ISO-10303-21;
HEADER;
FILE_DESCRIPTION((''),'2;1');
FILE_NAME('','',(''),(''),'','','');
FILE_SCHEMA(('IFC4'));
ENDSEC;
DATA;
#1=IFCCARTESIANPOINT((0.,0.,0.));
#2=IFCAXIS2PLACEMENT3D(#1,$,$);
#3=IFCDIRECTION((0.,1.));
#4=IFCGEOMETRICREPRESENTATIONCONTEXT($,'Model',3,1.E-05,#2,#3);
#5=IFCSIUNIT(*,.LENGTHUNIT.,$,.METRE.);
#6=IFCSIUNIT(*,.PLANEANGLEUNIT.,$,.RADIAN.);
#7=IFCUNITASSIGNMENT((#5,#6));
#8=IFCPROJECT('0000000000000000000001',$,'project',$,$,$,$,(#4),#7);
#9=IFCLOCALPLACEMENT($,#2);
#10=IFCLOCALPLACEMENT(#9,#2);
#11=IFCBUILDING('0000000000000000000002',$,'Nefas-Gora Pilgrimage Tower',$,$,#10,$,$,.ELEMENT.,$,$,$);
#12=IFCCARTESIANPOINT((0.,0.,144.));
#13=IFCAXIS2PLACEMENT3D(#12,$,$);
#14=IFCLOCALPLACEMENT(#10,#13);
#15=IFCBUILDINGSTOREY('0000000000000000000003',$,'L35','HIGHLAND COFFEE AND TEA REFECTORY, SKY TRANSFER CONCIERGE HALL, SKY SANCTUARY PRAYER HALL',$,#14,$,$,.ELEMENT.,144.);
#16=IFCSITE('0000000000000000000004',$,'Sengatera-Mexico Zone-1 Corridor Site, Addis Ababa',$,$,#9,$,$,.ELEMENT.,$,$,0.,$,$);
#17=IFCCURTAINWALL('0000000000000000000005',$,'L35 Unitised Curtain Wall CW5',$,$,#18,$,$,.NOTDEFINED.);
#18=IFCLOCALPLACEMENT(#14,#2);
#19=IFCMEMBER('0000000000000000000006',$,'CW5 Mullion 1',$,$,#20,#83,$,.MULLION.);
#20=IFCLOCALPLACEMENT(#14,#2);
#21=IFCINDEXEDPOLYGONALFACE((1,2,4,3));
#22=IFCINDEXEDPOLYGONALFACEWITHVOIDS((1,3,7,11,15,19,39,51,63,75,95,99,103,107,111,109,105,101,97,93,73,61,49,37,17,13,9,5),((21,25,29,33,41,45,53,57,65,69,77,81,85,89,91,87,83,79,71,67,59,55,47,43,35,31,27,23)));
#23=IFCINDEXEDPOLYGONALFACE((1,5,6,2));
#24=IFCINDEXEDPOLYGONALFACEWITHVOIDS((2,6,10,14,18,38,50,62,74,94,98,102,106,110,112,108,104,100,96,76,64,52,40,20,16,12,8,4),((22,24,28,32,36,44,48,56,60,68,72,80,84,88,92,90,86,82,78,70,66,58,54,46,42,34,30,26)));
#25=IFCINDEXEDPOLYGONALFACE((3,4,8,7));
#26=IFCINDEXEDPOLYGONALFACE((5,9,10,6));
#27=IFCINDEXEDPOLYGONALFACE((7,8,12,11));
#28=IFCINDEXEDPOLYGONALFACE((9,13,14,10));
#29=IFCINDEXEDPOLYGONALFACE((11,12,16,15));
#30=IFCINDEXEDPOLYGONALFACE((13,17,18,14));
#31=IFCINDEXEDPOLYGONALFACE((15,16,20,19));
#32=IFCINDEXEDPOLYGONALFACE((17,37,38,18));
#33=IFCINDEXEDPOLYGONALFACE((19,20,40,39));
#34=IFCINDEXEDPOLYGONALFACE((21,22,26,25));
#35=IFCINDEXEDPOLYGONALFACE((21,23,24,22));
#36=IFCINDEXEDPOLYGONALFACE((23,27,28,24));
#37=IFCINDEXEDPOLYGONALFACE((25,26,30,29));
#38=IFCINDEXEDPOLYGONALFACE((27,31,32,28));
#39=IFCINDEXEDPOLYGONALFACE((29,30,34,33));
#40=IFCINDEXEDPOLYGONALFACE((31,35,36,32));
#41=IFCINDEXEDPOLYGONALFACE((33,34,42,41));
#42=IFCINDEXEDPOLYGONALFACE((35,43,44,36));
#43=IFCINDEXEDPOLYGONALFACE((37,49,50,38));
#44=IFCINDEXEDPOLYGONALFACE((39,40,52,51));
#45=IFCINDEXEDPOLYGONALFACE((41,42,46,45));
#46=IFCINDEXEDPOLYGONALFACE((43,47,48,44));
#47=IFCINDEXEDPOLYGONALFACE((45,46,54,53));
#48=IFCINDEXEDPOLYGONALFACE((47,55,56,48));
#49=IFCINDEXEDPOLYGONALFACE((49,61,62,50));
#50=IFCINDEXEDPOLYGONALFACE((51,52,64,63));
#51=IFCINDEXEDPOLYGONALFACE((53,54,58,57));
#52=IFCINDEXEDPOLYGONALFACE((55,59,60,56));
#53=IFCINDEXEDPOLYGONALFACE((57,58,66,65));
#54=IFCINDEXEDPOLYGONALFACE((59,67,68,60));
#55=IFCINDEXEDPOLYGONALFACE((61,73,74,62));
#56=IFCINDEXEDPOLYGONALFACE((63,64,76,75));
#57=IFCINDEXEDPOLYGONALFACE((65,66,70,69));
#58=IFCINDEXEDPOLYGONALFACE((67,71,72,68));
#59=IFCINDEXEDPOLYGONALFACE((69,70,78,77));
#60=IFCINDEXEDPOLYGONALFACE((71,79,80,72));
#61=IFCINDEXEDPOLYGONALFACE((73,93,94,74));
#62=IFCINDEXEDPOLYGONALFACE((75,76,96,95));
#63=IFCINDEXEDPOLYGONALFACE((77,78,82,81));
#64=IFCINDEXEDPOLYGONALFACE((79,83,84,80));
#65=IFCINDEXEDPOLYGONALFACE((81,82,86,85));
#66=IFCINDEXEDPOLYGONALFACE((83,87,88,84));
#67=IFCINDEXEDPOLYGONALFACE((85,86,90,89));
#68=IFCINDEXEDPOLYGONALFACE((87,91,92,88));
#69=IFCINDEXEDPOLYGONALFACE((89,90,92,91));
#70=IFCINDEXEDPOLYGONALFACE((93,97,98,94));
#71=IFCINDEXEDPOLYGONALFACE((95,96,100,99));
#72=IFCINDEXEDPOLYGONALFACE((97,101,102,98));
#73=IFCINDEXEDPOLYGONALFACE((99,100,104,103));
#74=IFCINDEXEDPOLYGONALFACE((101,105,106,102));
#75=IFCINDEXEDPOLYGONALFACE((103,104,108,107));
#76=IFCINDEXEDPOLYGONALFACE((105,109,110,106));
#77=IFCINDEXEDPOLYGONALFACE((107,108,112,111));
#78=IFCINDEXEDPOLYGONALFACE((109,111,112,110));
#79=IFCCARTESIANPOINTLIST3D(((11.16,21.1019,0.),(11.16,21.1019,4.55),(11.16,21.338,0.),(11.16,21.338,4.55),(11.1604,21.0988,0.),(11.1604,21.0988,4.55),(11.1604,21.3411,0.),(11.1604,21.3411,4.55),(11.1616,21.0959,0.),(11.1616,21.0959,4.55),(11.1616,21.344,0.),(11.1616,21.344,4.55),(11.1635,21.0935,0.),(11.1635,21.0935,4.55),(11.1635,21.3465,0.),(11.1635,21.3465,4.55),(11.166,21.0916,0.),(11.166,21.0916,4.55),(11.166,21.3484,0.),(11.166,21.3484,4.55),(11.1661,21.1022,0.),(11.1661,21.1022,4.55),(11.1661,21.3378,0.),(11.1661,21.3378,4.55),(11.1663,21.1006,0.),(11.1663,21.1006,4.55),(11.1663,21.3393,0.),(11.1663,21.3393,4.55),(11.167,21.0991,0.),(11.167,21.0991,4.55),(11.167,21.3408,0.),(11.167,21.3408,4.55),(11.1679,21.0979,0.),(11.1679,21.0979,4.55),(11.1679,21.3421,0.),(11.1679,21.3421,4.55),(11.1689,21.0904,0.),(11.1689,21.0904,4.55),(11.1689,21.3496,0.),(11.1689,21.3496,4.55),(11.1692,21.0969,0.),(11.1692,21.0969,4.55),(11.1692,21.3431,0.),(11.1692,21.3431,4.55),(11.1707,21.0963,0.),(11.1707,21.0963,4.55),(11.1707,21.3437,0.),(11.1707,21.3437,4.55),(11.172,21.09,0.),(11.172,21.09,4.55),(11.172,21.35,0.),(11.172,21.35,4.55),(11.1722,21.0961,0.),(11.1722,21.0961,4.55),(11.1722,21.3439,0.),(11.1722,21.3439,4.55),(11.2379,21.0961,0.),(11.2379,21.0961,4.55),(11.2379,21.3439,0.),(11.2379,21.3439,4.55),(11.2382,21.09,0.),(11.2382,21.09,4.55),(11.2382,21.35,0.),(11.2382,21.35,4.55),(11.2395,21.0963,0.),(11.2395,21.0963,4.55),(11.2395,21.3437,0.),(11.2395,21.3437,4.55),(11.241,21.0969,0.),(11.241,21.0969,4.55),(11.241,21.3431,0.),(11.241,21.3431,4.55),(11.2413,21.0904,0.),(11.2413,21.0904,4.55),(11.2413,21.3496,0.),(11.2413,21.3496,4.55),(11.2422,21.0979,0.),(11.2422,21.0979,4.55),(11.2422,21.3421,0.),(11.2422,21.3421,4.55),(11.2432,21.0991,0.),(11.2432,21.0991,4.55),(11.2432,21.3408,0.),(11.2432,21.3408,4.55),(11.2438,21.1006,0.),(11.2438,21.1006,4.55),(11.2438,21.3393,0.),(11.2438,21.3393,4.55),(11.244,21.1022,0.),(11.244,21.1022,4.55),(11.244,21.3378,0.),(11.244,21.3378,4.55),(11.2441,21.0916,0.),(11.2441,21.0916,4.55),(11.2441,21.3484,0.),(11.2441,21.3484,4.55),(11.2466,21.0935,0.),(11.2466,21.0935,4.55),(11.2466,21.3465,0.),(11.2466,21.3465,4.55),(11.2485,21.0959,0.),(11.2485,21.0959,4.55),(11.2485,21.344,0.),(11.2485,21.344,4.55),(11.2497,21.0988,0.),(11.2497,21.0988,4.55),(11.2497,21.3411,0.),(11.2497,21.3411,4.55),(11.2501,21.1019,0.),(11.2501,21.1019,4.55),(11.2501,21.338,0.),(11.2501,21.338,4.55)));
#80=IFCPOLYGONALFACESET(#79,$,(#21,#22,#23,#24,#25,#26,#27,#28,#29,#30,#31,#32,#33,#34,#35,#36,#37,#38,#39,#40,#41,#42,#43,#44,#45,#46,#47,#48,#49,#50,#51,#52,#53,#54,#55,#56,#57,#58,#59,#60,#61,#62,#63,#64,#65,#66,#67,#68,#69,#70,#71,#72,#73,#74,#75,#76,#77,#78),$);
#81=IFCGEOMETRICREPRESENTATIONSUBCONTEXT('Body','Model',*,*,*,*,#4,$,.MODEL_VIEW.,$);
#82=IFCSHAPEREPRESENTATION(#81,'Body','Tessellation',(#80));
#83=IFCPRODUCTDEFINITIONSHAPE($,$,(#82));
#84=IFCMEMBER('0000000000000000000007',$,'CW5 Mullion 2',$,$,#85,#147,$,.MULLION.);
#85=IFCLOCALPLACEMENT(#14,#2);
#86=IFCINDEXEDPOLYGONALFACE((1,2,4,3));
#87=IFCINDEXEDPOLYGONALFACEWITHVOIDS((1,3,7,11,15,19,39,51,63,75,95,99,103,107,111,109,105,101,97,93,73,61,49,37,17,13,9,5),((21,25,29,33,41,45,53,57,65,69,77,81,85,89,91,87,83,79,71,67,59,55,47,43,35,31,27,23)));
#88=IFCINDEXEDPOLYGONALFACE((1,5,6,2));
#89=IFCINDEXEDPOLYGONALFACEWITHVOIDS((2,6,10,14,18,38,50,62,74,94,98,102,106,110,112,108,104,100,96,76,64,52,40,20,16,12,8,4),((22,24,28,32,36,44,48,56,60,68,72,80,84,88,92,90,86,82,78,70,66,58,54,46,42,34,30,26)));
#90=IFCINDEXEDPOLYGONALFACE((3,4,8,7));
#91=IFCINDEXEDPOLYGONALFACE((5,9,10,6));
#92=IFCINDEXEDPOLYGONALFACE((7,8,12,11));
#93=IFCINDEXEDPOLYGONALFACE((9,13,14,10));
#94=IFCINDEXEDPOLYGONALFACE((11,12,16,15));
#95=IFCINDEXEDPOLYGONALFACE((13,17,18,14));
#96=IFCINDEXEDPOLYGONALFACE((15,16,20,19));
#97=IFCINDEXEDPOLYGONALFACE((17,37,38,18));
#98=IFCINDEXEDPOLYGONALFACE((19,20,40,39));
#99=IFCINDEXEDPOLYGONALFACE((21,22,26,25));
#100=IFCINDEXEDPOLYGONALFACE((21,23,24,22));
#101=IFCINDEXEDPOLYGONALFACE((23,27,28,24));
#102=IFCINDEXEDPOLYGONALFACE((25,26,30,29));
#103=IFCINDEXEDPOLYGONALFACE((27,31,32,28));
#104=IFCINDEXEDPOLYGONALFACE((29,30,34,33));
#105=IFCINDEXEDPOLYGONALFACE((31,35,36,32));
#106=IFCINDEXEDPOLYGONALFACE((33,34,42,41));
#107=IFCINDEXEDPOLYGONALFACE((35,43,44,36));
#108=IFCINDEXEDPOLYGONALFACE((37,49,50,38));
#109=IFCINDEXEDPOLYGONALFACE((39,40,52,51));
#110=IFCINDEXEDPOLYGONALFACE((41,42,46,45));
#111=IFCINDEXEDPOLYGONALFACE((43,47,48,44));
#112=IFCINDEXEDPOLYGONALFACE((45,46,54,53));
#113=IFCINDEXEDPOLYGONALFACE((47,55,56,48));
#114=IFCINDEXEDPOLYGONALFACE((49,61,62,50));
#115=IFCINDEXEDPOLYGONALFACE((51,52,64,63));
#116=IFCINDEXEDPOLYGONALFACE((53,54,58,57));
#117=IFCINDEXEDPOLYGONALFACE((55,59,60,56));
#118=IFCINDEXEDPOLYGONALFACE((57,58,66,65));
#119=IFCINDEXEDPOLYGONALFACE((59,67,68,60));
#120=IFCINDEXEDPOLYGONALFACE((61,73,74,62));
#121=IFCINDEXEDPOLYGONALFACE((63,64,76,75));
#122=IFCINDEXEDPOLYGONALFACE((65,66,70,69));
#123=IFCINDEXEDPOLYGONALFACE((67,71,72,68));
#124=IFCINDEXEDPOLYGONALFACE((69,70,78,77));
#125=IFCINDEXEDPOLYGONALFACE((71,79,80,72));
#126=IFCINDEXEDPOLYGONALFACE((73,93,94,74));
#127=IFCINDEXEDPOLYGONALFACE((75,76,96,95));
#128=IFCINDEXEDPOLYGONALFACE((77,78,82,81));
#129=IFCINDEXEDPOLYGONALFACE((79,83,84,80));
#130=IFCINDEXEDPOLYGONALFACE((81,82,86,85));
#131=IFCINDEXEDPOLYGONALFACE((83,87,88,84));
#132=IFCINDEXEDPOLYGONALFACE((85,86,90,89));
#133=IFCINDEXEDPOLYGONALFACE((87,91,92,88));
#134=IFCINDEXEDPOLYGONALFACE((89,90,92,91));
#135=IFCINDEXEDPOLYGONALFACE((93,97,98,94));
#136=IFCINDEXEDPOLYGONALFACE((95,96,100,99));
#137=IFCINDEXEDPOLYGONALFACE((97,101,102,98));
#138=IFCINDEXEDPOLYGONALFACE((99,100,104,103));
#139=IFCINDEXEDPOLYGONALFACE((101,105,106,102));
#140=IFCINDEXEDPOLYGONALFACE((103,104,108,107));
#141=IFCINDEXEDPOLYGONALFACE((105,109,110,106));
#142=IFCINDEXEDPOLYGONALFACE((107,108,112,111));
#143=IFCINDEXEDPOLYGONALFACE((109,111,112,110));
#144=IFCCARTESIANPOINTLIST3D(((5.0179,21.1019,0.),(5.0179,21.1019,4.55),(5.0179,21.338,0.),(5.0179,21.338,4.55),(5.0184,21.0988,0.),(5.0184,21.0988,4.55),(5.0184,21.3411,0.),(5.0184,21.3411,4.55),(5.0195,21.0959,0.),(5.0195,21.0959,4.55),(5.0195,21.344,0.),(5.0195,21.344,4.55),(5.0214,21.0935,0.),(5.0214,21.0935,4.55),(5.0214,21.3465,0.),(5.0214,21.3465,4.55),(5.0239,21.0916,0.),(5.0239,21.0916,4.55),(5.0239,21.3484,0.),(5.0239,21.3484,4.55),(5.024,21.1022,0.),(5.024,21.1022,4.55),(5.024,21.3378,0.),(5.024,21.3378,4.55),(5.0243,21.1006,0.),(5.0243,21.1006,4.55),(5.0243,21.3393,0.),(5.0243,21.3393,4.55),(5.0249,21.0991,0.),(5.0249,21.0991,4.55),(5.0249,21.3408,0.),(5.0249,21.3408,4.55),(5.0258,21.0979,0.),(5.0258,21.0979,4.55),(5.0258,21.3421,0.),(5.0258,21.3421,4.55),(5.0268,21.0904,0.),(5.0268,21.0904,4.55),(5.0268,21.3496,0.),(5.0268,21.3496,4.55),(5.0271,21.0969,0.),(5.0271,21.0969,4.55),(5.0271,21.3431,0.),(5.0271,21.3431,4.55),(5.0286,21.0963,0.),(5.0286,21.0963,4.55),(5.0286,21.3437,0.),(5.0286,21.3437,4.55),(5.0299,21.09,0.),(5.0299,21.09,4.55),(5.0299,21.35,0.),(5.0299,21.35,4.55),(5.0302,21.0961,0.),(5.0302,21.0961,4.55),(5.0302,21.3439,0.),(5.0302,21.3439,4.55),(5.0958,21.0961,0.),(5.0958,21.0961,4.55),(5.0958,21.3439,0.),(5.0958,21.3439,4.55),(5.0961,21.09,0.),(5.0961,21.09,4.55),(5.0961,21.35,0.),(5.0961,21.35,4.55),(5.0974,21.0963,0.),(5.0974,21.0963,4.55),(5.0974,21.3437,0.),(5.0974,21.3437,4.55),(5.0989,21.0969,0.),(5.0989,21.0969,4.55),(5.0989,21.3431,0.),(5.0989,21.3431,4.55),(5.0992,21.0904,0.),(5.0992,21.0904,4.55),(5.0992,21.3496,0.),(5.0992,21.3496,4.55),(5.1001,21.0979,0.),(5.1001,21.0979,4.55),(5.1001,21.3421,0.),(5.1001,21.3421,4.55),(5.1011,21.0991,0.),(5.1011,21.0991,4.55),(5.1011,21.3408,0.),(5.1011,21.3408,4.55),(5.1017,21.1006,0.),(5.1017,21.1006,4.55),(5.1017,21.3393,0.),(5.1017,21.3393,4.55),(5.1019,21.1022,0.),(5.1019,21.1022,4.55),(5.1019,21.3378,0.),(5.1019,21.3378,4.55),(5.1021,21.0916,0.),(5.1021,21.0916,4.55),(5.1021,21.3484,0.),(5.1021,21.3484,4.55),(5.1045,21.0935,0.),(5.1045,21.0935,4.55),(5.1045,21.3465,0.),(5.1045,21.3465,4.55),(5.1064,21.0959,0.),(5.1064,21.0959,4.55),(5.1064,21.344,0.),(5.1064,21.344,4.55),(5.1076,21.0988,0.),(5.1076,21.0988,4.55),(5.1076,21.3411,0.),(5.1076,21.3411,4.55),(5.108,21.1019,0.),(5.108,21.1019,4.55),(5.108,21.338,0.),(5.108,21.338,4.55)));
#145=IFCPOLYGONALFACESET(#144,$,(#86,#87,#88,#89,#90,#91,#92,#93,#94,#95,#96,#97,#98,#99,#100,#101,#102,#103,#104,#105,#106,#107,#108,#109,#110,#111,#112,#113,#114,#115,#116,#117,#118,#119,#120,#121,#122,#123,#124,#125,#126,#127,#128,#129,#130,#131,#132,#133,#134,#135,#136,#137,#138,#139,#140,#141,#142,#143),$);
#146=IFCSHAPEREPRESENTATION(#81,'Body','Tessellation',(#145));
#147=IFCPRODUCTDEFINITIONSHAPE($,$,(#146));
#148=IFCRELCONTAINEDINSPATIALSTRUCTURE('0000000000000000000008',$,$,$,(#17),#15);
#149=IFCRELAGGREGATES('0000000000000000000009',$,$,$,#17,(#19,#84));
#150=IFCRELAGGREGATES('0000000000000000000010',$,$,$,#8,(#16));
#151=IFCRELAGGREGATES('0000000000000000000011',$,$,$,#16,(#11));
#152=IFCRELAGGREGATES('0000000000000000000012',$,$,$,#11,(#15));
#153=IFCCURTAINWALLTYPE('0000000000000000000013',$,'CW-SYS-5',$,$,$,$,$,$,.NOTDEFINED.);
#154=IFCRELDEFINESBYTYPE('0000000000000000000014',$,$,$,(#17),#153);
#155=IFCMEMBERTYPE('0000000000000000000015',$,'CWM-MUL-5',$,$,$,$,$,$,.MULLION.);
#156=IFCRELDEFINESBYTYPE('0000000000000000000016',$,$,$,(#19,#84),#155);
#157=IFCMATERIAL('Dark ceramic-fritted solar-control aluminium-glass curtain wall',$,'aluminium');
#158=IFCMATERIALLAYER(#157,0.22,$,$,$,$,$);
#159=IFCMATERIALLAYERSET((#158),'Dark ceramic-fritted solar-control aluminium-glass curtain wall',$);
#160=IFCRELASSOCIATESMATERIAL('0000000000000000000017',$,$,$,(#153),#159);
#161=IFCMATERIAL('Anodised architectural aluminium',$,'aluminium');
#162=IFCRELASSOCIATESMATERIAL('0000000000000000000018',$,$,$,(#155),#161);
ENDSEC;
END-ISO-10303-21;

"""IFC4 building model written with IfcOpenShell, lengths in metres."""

from ifc_helpers import new_model, si_unit, direction, frame, origin, origin_2d, place, context, subcontext, project, spatial, hollow_rectangle, extrude, source, transform, mapped, material, layer, layer_set, material_profile, profile_set, type_object, element, aggregate, save


model = new_model("IFC4")

# Units and contexts
model_context = context("Model", 3, precision=1e-05, world=origin(), true_north=direction((0.0, 1.0)))
body_context = subcontext(model_context, "Body", "Model", "MODEL_VIEW")
ifc_project = project(units=[si_unit("LENGTHUNIT", "METRE"), si_unit("PLANEANGLEUNIT", "RADIAN")], contexts=[model_context])

# Site, building, storey
site_placement = place(None, origin())
site = spatial("IfcSite", under=ifc_project, at=site_placement, Name="Sengatera-Mexico Zone-1 Corridor Site, Addis Ababa", CompositionType="ELEMENT", RefElevation=0.0)
building_placement = place(site_placement, origin())
building = spatial("IfcBuilding", under=site, at=building_placement, Name="Nefas-Gora Pilgrimage Tower", CompositionType="ELEMENT")
storey_placement = place(building_placement, frame((0.0, 0.0, 144.0)))
storey = spatial("IfcBuildingStorey", under=building, at=storey_placement, Name="L35", Description="HIGHLAND COFFEE AND TEA REFECTORY, SKY TRANSFER CONCIERGE HALL, SKY SANCTUARY PRAYER HALL", CompositionType="ELEMENT", Elevation=144.0)

# Curtain wall
ifc_material_1 = material(Name="Dark ceramic-fritted solar-control aluminium-glass curtain wall", Category="aluminium")
ifc_layer_1 = layer(ifc_material_1, 0.22)
ifc_layer_set_1 = layer_set([ifc_layer_1], Name="Dark ceramic-fritted solar-control aluminium-glass curtain wall")
curtain_wall_type_1 = type_object("IfcCurtainWallType", Name="CW-SYS-5", PredefinedType="NOTDEFINED", material=ifc_layer_set_1)
curtain_wall_1_placement = place(storey_placement, origin())
curtain_wall_1 = element("IfcCurtainWall", 1, at=curtain_wall_1_placement, inside=storey, type_object=curtain_wall_type_1, Name="L35 Unitised Curtain Wall CW5", PredefinedType="NOTDEFINED")
ifc_material_2 = material(Name="Anodised architectural aluminium", Category="aluminium")

# Members
ifc_material_profile_1 = material_profile(ifc_material_2, hollow_rectangle(XDim=0.0901, YDim=0.26, WallThickness=0.0061, InnerFilletRadius=0.0061, OuterFilletRadius=0.012, at=origin_2d()), Name="ALU MULLION 90x260")
ifc_profile_set_1 = profile_set([ifc_material_profile_1], Name="Anodised architectural aluminium")
member_type_1 = type_object("IfcMemberType", Name="CWM-MUL-5", PredefinedType="MULLION", material=ifc_profile_set_1)
shared_shape_1 = source(origin(), body_context, "Body", "SweptSolid", [
    extrude(hollow_rectangle(XDim=0.0901, YDim=0.26, WallThickness=0.0061, InnerFilletRadius=0.0061, OuterFilletRadius=0.012, at=origin_2d()), origin(), (0.0, 0.0, 1.0), 4.55),
])
member_1_placement = place(storey_placement, frame((11.2051, 21.22, 0.0), z_axis=(0.0, 0.0, 1.0), x_axis=(-1.0, 0.0, 0.0)))
member_1 = element("IfcMember", 2, at=member_1_placement, type_object=member_type_1, Name="CW5 Mullion 1", PredefinedType="MULLION", context=body_context, shape_type="MappedRepresentation", body=[
    mapped(shared_shape_1, transform((0.0, 0.0, 0.0), x_axis=(1.0, 0.0, 0.0), y_axis=(0.0, 1.0, 0.0), z_axis=(0.0, 0.0, 1.0), scale=1.0)),
])
member_2_placement = place(storey_placement, frame((5.063, 21.22, 0.0), z_axis=(0.0, 0.0, 1.0), x_axis=(-1.0, 0.0, 0.0)))
member_2 = element("IfcMember", 3, at=member_2_placement, type_object=member_type_1, Name="CW5 Mullion 2", PredefinedType="MULLION", context=body_context, shape_type="MappedRepresentation", body=[
    mapped(shared_shape_1, transform((0.0, 0.0, 0.0), x_axis=(1.0, 0.0, 0.0), y_axis=(0.0, 1.0, 0.0), z_axis=(0.0, 0.0, 1.0), scale=1.0)),
])

aggregate(curtain_wall_1, [member_1, member_2])

save(model, "model.ifc")
